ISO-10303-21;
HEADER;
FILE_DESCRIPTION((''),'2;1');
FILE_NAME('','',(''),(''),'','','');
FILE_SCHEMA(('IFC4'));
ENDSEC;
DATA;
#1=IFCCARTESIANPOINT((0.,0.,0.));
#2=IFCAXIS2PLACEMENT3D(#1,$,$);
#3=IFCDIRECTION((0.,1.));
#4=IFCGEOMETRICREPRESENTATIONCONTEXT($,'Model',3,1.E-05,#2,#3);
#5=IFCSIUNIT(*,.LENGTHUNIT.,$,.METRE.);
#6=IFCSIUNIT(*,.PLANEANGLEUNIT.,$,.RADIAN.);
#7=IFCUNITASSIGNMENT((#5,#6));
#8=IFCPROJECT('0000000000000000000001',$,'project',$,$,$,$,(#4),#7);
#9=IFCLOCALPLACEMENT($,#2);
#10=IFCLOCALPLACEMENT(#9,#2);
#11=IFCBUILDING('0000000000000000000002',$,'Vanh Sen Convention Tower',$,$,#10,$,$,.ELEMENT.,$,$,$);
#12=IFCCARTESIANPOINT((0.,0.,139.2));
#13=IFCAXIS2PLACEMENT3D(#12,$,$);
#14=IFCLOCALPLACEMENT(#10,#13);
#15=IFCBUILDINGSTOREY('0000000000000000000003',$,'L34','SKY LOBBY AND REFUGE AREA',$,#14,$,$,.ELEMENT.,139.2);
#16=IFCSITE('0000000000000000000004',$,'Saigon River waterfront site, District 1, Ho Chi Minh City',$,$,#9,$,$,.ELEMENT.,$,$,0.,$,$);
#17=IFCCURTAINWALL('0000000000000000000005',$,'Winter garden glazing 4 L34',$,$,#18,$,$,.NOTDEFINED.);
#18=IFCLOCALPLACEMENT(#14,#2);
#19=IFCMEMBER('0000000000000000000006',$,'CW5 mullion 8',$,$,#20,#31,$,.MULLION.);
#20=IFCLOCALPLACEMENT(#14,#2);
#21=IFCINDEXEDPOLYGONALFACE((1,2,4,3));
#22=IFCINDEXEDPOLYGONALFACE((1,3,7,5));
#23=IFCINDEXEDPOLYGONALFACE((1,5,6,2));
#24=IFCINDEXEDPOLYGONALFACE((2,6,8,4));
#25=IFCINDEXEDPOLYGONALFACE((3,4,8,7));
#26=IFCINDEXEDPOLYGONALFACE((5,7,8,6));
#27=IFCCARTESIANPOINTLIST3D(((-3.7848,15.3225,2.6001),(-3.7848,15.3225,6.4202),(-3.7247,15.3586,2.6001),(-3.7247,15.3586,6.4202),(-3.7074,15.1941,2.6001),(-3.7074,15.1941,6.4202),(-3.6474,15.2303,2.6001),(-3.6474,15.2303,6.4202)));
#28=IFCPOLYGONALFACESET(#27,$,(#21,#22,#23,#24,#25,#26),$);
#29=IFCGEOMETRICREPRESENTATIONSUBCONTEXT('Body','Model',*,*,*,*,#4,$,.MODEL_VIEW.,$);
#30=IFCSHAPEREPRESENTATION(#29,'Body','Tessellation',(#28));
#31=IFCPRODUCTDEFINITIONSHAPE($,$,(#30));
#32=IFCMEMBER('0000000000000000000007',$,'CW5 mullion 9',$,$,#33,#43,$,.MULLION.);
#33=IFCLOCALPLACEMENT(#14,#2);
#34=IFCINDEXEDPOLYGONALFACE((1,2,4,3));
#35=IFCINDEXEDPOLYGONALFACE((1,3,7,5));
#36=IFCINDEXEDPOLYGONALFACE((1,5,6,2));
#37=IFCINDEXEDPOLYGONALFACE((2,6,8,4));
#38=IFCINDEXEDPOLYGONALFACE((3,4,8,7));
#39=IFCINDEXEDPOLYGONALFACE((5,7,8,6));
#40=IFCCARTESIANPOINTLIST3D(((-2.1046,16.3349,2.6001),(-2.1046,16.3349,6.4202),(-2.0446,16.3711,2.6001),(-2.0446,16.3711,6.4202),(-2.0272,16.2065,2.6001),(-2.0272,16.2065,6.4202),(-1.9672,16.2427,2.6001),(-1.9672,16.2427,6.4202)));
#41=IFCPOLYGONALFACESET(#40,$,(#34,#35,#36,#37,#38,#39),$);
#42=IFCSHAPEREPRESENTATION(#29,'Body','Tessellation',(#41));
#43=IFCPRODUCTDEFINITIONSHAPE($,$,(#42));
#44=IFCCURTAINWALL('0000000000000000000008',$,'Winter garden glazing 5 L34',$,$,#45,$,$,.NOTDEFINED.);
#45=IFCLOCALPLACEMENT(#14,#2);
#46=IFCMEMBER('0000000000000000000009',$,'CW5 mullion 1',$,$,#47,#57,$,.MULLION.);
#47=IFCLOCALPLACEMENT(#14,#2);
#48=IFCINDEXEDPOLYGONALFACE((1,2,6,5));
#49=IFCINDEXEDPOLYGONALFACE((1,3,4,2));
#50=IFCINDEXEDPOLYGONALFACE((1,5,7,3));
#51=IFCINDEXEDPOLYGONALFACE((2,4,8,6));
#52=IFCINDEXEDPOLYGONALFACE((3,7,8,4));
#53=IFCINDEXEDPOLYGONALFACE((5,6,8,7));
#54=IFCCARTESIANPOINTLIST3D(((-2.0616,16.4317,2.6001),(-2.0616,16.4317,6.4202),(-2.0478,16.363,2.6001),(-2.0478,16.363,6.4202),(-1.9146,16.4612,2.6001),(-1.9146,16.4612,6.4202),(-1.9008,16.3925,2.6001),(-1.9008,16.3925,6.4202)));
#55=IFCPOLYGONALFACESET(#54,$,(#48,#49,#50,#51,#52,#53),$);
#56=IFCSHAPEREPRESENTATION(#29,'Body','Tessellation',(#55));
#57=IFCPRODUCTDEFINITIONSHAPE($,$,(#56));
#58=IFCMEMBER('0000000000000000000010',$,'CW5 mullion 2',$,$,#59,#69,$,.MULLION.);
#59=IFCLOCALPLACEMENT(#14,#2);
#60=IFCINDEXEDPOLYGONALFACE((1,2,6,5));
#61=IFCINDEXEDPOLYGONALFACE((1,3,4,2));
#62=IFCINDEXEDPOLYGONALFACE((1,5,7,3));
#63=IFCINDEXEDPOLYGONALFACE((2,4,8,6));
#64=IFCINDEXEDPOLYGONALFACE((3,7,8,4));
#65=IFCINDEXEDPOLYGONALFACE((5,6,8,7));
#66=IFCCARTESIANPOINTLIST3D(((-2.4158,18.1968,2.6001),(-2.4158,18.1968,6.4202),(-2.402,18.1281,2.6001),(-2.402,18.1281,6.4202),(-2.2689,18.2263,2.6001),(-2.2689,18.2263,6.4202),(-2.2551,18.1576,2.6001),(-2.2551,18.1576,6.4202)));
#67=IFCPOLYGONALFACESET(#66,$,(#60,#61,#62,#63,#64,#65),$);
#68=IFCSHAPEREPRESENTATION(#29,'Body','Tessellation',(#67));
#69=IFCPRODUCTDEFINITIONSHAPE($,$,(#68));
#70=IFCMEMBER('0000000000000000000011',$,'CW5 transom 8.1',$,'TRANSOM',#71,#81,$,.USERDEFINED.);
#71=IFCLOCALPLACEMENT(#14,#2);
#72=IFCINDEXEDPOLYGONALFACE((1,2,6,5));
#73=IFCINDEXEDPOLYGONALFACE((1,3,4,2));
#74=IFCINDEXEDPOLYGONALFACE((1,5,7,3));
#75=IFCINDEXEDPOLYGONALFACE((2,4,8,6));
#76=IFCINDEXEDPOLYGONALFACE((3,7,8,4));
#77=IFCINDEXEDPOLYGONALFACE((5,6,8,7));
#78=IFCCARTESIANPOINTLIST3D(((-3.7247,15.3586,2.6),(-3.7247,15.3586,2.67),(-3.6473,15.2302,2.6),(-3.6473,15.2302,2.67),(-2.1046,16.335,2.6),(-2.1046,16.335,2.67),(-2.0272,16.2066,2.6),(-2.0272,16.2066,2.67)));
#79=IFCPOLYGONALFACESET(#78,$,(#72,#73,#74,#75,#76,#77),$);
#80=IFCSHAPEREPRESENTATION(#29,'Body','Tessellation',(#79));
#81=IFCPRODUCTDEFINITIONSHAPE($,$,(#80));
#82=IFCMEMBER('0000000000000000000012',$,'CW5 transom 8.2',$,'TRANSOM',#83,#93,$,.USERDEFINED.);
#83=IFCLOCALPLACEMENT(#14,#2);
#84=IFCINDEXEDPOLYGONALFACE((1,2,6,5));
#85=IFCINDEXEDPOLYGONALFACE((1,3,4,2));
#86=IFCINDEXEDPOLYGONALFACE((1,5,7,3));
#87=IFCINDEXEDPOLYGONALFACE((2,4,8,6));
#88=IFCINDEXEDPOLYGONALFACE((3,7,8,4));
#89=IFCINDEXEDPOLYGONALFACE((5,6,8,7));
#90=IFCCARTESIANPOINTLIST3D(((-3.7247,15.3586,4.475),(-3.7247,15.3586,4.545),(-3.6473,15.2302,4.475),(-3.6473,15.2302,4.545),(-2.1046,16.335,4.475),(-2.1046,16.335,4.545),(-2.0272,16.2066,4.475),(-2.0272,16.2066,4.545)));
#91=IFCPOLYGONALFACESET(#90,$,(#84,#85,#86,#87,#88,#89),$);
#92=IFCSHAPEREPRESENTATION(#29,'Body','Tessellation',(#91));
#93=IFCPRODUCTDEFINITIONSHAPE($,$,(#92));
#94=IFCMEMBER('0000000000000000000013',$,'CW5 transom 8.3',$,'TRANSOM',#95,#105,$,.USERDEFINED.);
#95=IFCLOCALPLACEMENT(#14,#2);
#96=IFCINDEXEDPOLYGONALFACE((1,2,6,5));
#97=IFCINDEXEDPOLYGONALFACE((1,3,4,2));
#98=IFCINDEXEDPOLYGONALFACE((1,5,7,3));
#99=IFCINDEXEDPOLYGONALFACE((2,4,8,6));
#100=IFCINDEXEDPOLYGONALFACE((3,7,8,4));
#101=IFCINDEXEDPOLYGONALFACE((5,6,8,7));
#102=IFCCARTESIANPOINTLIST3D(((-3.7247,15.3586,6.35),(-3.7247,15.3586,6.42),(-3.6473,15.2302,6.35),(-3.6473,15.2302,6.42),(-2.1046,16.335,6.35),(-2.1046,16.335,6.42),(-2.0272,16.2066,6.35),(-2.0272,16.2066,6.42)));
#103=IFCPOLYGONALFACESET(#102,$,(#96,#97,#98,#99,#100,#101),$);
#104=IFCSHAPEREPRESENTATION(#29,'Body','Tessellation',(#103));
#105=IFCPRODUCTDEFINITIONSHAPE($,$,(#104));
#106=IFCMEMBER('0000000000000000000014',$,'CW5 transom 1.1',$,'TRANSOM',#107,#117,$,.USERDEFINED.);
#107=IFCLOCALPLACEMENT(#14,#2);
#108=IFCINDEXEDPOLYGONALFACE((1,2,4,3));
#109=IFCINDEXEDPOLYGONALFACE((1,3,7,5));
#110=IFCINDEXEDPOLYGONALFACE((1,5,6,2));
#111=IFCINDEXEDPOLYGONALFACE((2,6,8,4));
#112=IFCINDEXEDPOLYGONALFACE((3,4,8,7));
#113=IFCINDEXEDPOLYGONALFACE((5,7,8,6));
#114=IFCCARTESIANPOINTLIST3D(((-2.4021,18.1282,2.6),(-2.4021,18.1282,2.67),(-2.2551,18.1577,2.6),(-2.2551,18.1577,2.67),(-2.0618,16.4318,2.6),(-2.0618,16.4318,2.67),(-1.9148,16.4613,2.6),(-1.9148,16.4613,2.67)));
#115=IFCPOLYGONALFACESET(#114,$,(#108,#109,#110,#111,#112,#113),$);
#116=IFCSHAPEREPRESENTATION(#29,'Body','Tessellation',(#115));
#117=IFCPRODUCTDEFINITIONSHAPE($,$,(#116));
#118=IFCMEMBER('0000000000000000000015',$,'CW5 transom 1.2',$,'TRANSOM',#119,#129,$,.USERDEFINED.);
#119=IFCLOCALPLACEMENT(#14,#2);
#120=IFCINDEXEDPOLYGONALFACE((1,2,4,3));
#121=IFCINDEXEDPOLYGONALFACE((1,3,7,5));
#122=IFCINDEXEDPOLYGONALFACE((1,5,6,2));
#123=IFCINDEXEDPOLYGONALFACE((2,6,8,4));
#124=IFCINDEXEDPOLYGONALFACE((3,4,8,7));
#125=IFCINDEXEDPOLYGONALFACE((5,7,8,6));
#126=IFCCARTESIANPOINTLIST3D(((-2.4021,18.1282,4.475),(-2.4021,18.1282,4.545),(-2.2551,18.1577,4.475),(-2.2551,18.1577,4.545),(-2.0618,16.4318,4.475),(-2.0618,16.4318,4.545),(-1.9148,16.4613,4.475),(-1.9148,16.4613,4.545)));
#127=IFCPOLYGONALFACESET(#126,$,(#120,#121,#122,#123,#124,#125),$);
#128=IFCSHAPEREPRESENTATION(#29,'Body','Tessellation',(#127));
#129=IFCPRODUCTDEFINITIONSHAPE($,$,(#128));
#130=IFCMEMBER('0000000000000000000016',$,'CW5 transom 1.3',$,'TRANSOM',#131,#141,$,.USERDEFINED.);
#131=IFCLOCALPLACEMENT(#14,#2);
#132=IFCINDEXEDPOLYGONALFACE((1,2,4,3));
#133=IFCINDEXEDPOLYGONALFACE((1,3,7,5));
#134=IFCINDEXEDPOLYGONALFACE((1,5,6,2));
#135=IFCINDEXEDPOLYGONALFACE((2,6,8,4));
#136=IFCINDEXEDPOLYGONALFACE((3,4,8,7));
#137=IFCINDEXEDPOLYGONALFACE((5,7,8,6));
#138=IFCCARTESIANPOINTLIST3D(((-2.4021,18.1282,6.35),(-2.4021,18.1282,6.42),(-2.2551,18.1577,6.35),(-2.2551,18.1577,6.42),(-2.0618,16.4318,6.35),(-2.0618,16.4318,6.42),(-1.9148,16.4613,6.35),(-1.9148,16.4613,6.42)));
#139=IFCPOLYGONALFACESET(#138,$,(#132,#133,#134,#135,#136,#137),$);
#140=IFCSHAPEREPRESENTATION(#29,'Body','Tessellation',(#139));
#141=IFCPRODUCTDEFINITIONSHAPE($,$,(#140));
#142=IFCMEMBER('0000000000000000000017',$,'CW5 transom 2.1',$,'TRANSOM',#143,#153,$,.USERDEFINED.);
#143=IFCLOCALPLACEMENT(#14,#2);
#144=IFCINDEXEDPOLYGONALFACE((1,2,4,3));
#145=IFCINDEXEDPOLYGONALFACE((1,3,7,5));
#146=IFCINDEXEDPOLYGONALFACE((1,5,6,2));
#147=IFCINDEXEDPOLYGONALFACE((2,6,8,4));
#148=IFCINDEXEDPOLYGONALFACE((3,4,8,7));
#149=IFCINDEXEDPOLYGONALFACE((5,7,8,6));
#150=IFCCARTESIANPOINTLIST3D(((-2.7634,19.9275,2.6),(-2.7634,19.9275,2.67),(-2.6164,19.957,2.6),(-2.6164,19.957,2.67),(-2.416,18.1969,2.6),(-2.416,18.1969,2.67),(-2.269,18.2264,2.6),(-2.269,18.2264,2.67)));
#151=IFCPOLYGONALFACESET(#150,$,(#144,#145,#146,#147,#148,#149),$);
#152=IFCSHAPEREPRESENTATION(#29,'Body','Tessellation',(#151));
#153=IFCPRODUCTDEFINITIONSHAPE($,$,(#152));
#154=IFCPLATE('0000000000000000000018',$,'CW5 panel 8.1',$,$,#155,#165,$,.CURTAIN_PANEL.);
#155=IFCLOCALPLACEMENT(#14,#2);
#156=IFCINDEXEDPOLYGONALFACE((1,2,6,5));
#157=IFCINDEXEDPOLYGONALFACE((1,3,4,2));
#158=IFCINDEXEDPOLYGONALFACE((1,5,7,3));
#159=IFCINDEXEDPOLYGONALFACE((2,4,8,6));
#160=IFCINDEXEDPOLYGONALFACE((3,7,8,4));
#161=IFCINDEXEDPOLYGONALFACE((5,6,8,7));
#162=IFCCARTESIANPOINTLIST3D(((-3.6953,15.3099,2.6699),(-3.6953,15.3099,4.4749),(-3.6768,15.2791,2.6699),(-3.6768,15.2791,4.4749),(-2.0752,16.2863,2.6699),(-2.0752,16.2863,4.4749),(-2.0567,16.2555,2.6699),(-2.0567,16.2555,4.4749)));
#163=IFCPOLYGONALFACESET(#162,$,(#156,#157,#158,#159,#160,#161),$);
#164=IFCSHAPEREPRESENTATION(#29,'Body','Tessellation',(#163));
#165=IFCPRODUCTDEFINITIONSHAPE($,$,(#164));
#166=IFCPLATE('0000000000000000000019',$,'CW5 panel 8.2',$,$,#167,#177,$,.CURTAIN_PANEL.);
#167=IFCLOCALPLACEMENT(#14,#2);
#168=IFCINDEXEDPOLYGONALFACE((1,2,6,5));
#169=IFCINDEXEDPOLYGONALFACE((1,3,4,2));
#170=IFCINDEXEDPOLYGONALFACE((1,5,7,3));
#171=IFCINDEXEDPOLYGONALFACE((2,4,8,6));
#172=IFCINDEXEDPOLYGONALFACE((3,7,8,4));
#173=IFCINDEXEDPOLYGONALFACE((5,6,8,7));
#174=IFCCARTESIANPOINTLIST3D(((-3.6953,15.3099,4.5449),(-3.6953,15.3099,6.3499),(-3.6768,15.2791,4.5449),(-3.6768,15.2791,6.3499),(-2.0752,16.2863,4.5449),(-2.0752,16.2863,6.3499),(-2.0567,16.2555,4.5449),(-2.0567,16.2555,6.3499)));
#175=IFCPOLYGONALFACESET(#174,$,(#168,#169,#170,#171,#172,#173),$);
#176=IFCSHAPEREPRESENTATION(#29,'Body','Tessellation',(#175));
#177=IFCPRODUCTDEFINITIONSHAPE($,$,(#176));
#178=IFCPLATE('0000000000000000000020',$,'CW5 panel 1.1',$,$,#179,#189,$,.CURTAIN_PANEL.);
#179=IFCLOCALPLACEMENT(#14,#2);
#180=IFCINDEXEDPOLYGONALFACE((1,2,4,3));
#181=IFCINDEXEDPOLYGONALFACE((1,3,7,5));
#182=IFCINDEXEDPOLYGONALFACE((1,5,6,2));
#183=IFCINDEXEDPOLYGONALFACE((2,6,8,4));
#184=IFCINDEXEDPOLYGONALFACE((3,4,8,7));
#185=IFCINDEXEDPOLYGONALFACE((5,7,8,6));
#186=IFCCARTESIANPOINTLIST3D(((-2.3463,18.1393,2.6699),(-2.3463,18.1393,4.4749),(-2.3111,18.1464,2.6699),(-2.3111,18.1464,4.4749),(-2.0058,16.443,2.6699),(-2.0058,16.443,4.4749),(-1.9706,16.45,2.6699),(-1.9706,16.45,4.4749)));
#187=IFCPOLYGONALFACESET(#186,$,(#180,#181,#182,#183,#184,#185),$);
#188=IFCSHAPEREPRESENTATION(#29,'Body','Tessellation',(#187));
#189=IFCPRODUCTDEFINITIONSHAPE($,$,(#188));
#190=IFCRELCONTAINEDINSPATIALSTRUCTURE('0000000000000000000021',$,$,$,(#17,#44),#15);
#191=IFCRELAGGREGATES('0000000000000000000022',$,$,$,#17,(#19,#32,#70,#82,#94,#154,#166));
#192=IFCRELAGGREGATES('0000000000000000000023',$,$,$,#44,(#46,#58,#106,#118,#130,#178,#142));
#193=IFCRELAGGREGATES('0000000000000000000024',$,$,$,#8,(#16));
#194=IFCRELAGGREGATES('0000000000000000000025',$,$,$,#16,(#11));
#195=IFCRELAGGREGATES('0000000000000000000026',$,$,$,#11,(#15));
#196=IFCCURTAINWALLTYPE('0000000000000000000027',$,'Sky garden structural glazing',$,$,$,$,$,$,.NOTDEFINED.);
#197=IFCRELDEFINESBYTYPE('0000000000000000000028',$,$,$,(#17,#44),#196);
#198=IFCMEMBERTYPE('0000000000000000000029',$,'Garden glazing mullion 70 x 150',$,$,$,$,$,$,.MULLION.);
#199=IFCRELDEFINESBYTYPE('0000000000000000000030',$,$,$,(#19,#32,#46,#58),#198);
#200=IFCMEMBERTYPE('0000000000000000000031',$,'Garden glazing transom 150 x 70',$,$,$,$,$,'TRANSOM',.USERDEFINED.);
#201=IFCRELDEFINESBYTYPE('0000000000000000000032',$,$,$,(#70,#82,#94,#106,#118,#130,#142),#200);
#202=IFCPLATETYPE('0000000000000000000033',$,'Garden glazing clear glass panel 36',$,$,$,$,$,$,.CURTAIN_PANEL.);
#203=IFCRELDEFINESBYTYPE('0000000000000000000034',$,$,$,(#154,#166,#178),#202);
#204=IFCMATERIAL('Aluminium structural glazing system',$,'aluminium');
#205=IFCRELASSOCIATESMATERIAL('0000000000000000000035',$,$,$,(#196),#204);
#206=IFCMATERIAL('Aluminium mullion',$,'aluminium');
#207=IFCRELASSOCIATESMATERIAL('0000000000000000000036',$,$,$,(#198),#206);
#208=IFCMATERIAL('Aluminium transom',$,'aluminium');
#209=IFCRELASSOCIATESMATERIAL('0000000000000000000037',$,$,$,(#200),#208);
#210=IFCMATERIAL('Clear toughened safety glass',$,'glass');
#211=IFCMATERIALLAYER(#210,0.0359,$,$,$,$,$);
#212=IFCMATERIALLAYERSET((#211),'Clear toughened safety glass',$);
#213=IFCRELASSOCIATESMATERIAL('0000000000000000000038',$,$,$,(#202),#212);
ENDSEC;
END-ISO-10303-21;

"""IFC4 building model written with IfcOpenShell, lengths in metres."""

from ifc_helpers import new_model, si_unit, direction, frame, origin, origin_2d, place, context, subcontext, project, spatial, rectangle, extrude, material, layer, layer_set, material_profile, profile_set, type_object, element, aggregate, save


model = new_model("IFC4")

# Units and contexts
model_context = context("Model", 3, precision=1e-05, world=origin(), true_north=direction((0.0, 1.0)))
body_context = subcontext(model_context, "Body", "Model", "MODEL_VIEW")
ifc_project = project(units=[si_unit("LENGTHUNIT", "METRE"), si_unit("PLANEANGLEUNIT", "RADIAN")], contexts=[model_context])

# Site, building, storey
site_placement = place(None, origin())
site = spatial("IfcSite", under=ifc_project, at=site_placement, Name="Saigon River waterfront site, District 1, Ho Chi Minh City", CompositionType="ELEMENT", RefElevation=0.0)
building_placement = place(site_placement, origin())
building = spatial("IfcBuilding", under=site, at=building_placement, Name="Vanh Sen Convention Tower", CompositionType="ELEMENT")
storey_placement = place(building_placement, frame((0.0, 0.0, 139.2)))
storey = spatial("IfcBuildingStorey", under=building, at=storey_placement, Name="L34", Description="SKY LOBBY AND REFUGE AREA", CompositionType="ELEMENT", Elevation=139.2)

# Curtain walls, members
ifc_material_1 = material(Name="Aluminium structural glazing system", Category="aluminium")
curtain_wall_type = type_object("IfcCurtainWallType", Name="Sky garden structural glazing", PredefinedType="NOTDEFINED", material=ifc_material_1)
curtain_wall_1_placement = place(storey_placement, origin())
curtain_wall_1 = element("IfcCurtainWall", 1, at=curtain_wall_1_placement, inside=storey, type_object=curtain_wall_type, Name="Winter garden glazing 4 L34", PredefinedType="NOTDEFINED")
ifc_material_2 = material(Name="Aluminium mullion", Category="aluminium")
ifc_material_profile_1 = material_profile(ifc_material_2, rectangle(XDim=0.1499, YDim=0.0701, at=origin_2d()), Name="Garden glazing mullion 70 x 150")
ifc_profile_set_1 = profile_set([ifc_material_profile_1], Name="Aluminium mullion")
member_type_1 = type_object("IfcMemberType", Name="Garden glazing mullion 70 x 150", PredefinedType="MULLION", material=ifc_profile_set_1)
member_1_placement = place(storey_placement, frame((-3.7161, 15.2764, 2.6001), z_axis=(0.0, 0.0, 1.0), x_axis=(-0.516176, 0.856483, 0.0)))
member_1 = element("IfcMember", 2, at=member_1_placement, type_object=member_type_1, Name="CW5 mullion 8", PredefinedType="MULLION", context=body_context, shape_type="SweptSolid", body=[
    extrude(rectangle(XDim=0.1499, YDim=0.0701, at=origin_2d()), origin(), (0.0, 0.0, 1.0), 3.8201),
])
member_2_placement = place(storey_placement, frame((-2.0359, 16.2888, 2.6001), z_axis=(0.0, 0.0, 1.0), x_axis=(-0.516176, 0.856483, 0.0)))
member_2 = element("IfcMember", 3, at=member_2_placement, type_object=member_type_1, Name="CW5 mullion 9", PredefinedType="MULLION", context=body_context, shape_type="SweptSolid", body=[
    extrude(rectangle(XDim=0.1499, YDim=0.0701, at=origin_2d()), origin(), (0.0, 0.0, 1.0), 3.8201),
])
curtain_wall_2_placement = place(storey_placement, origin())
curtain_wall_2 = element("IfcCurtainWall", 4, at=curtain_wall_2_placement, inside=storey, type_object=curtain_wall_type, Name="Winter garden glazing 5 L34", PredefinedType="NOTDEFINED")
member_3_placement = place(storey_placement, frame((-1.9812, 16.4121, 2.6001), z_axis=(0.0, 0.0, 1.0), x_axis=(-0.980446, -0.19679, 0.0)))
member_3 = element("IfcMember", 5, at=member_3_placement, type_object=member_type_1, Name="CW5 mullion 1", PredefinedType="MULLION", context=body_context, shape_type="SweptSolid", body=[
    extrude(rectangle(XDim=0.1499, YDim=0.0701, at=origin_2d()), origin(), (0.0, 0.0, 1.0), 3.8201),
])
member_4_placement = place(storey_placement, frame((-2.3354, 18.1772, 2.6001), z_axis=(0.0, 0.0, 1.0), x_axis=(-0.980446, -0.19679, 0.0)))
member_4 = element("IfcMember", 6, at=member_4_placement, type_object=member_type_1, Name="CW5 mullion 2", PredefinedType="MULLION", context=body_context, shape_type="SweptSolid", body=[
    extrude(rectangle(XDim=0.1499, YDim=0.0701, at=origin_2d()), origin(), (0.0, 0.0, 1.0), 3.8201),
])

# Members
ifc_material_3 = material(Name="Aluminium transom", Category="aluminium")
ifc_material_profile_2 = material_profile(ifc_material_3, rectangle(XDim=0.1499, YDim=0.0701, at=origin_2d()), Name="Garden glazing transom 150 x 70")
ifc_profile_set_2 = profile_set([ifc_material_profile_2], Name="Aluminium transom")
member_type_2 = type_object("IfcMemberType", Name="Garden glazing transom 150 x 70", ElementType="TRANSOM", PredefinedType="USERDEFINED", material=ifc_profile_set_2)
member_5_placement = place(storey_placement, frame((-3.686, 15.2944, 2.635), z_axis=(0.856501, 0.516146, 0.0), x_axis=(-0.516146, 0.856501, 0.0)))
member_5 = element("IfcMember", 7, at=member_5_placement, type_object=member_type_2, Name="CW5 transom 8.1", ObjectType="TRANSOM", PredefinedType="USERDEFINED", context=body_context, shape_type="SweptSolid", body=[
    extrude(rectangle(XDim=0.1499, YDim=0.0701, at=origin_2d()), origin(), (0.0, 0.0, 1.0), 1.8916),
])
member_6_placement = place(storey_placement, frame((-3.686, 15.2944, 4.51), z_axis=(0.856501, 0.516146, 0.0), x_axis=(-0.516146, 0.856501, 0.0)))
member_6 = element("IfcMember", 8, at=member_6_placement, type_object=member_type_2, Name="CW5 transom 8.2", ObjectType="TRANSOM", PredefinedType="USERDEFINED", context=body_context, shape_type="SweptSolid", body=[
    extrude(rectangle(XDim=0.1499, YDim=0.0701, at=origin_2d()), origin(), (0.0, 0.0, 1.0), 1.8916),
])
member_7_placement = place(storey_placement, frame((-3.686, 15.2944, 6.385), z_axis=(0.856501, 0.516146, 0.0), x_axis=(-0.516146, 0.856501, 0.0)))
member_7 = element("IfcMember", 9, at=member_7_placement, type_object=member_type_2, Name="CW5 transom 8.3", ObjectType="TRANSOM", PredefinedType="USERDEFINED", context=body_context, shape_type="SweptSolid", body=[
    extrude(rectangle(XDim=0.1499, YDim=0.0701, at=origin_2d()), origin(), (0.0, 0.0, 1.0), 1.8916),
])
member_8_placement = place(storey_placement, frame((-1.9883, 16.4465, 2.635), z_axis=(-0.196686, 0.980467, 0.0), x_axis=(-0.980467, -0.196686, 0.0)))
member_8 = element("IfcMember", 10, at=member_8_placement, type_object=member_type_2, Name="CW5 transom 1.1", ObjectType="TRANSOM", PredefinedType="USERDEFINED", context=body_context, shape_type="SweptSolid", body=[
    extrude(rectangle(XDim=0.1499, YDim=0.0701, at=origin_2d()), origin(), (0.0, 0.0, 1.0), 1.7302),
])
member_9_placement = place(storey_placement, frame((-1.9883, 16.4465, 4.51), z_axis=(-0.196686, 0.980467, 0.0), x_axis=(-0.980467, -0.196686, 0.0)))
member_9 = element("IfcMember", 11, at=member_9_placement, type_object=member_type_2, Name="CW5 transom 1.2", ObjectType="TRANSOM", PredefinedType="USERDEFINED", context=body_context, shape_type="SweptSolid", body=[
    extrude(rectangle(XDim=0.1499, YDim=0.0701, at=origin_2d()), origin(), (0.0, 0.0, 1.0), 1.7302),
])
member_10_placement = place(storey_placement, frame((-1.9883, 16.4465, 6.385), z_axis=(-0.196686, 0.980467, 0.0), x_axis=(-0.980467, -0.196686, 0.0)))
member_10 = element("IfcMember", 12, at=member_10_placement, type_object=member_type_2, Name="CW5 transom 1.3", ObjectType="TRANSOM", PredefinedType="USERDEFINED", context=body_context, shape_type="SweptSolid", body=[
    extrude(rectangle(XDim=0.1499, YDim=0.0701, at=origin_2d()), origin(), (0.0, 0.0, 1.0), 1.7302),
])
member_11_placement = place(storey_placement, frame((-2.3425, 18.2117, 2.635), z_axis=(-0.196808, 0.980442, 0.0), x_axis=(-0.980442, -0.196808, 0.0)))
member_11 = element("IfcMember", 13, at=member_11_placement, type_object=member_type_2, Name="CW5 transom 2.1", ObjectType="TRANSOM", PredefinedType="USERDEFINED", context=body_context, shape_type="SweptSolid", body=[
    extrude(rectangle(XDim=0.1499, YDim=0.0701, at=origin_2d()), origin(), (0.0, 0.0, 1.0), 1.7651),
])

# Plates
ifc_material_4 = material(Name="Clear toughened safety glass", Category="glass")
ifc_layer_1 = layer(ifc_material_4, 0.0359)
ifc_layer_set_1 = layer_set([ifc_layer_1], Name="Clear toughened safety glass")
plate_type = type_object("IfcPlateType", Name="Garden glazing clear glass panel 36", PredefinedType="CURTAIN_PANEL", material=ifc_layer_set_1)
plate_1_placement = place(storey_placement, frame((-2.876, 15.7827, 2.6699), z_axis=(0.0, 0.0, 1.0), x_axis=(0.856483, 0.516176, 0.0)))
plate_1 = element("IfcPlate", 14, at=plate_1_placement, type_object=plate_type, Name="CW5 panel 8.1", PredefinedType="CURTAIN_PANEL", context=body_context, shape_type="SweptSolid", body=[
    extrude(rectangle(XDim=1.8916, YDim=0.0359, at=origin_2d()), origin(), (0.0, 0.0, 1.0), 1.8049),
])
plate_2_placement = place(storey_placement, frame((-2.876, 15.7827, 4.5449), z_axis=(0.0, 0.0, 1.0), x_axis=(0.856483, 0.516176, 0.0)))
plate_2 = element("IfcPlate", 15, at=plate_2_placement, type_object=plate_type, Name="CW5 panel 8.2", PredefinedType="CURTAIN_PANEL", context=body_context, shape_type="SweptSolid", body=[
    extrude(rectangle(XDim=1.8916, YDim=0.0359, at=origin_2d()), origin(), (0.0, 0.0, 1.0), 1.8049),
])
aggregate(curtain_wall_1, [member_1, member_2, member_5, member_6, member_7, plate_1, plate_2])
plate_3_placement = place(storey_placement, frame((-2.1584, 17.2947, 2.6699), z_axis=(0.0, 0.0, 1.0), x_axis=(-0.19679, 0.980446, 0.0)))
plate_3 = element("IfcPlate", 16, at=plate_3_placement, type_object=plate_type, Name="CW5 panel 1.1", PredefinedType="CURTAIN_PANEL", context=body_context, shape_type="SweptSolid", body=[
    extrude(rectangle(XDim=1.7302, YDim=0.0359, at=origin_2d()), origin(), (0.0, 0.0, 1.0), 1.8049),
])
aggregate(curtain_wall_2, [member_3, member_4, member_8, member_9, member_10, plate_3, member_11])

save(model, "model.ifc")
